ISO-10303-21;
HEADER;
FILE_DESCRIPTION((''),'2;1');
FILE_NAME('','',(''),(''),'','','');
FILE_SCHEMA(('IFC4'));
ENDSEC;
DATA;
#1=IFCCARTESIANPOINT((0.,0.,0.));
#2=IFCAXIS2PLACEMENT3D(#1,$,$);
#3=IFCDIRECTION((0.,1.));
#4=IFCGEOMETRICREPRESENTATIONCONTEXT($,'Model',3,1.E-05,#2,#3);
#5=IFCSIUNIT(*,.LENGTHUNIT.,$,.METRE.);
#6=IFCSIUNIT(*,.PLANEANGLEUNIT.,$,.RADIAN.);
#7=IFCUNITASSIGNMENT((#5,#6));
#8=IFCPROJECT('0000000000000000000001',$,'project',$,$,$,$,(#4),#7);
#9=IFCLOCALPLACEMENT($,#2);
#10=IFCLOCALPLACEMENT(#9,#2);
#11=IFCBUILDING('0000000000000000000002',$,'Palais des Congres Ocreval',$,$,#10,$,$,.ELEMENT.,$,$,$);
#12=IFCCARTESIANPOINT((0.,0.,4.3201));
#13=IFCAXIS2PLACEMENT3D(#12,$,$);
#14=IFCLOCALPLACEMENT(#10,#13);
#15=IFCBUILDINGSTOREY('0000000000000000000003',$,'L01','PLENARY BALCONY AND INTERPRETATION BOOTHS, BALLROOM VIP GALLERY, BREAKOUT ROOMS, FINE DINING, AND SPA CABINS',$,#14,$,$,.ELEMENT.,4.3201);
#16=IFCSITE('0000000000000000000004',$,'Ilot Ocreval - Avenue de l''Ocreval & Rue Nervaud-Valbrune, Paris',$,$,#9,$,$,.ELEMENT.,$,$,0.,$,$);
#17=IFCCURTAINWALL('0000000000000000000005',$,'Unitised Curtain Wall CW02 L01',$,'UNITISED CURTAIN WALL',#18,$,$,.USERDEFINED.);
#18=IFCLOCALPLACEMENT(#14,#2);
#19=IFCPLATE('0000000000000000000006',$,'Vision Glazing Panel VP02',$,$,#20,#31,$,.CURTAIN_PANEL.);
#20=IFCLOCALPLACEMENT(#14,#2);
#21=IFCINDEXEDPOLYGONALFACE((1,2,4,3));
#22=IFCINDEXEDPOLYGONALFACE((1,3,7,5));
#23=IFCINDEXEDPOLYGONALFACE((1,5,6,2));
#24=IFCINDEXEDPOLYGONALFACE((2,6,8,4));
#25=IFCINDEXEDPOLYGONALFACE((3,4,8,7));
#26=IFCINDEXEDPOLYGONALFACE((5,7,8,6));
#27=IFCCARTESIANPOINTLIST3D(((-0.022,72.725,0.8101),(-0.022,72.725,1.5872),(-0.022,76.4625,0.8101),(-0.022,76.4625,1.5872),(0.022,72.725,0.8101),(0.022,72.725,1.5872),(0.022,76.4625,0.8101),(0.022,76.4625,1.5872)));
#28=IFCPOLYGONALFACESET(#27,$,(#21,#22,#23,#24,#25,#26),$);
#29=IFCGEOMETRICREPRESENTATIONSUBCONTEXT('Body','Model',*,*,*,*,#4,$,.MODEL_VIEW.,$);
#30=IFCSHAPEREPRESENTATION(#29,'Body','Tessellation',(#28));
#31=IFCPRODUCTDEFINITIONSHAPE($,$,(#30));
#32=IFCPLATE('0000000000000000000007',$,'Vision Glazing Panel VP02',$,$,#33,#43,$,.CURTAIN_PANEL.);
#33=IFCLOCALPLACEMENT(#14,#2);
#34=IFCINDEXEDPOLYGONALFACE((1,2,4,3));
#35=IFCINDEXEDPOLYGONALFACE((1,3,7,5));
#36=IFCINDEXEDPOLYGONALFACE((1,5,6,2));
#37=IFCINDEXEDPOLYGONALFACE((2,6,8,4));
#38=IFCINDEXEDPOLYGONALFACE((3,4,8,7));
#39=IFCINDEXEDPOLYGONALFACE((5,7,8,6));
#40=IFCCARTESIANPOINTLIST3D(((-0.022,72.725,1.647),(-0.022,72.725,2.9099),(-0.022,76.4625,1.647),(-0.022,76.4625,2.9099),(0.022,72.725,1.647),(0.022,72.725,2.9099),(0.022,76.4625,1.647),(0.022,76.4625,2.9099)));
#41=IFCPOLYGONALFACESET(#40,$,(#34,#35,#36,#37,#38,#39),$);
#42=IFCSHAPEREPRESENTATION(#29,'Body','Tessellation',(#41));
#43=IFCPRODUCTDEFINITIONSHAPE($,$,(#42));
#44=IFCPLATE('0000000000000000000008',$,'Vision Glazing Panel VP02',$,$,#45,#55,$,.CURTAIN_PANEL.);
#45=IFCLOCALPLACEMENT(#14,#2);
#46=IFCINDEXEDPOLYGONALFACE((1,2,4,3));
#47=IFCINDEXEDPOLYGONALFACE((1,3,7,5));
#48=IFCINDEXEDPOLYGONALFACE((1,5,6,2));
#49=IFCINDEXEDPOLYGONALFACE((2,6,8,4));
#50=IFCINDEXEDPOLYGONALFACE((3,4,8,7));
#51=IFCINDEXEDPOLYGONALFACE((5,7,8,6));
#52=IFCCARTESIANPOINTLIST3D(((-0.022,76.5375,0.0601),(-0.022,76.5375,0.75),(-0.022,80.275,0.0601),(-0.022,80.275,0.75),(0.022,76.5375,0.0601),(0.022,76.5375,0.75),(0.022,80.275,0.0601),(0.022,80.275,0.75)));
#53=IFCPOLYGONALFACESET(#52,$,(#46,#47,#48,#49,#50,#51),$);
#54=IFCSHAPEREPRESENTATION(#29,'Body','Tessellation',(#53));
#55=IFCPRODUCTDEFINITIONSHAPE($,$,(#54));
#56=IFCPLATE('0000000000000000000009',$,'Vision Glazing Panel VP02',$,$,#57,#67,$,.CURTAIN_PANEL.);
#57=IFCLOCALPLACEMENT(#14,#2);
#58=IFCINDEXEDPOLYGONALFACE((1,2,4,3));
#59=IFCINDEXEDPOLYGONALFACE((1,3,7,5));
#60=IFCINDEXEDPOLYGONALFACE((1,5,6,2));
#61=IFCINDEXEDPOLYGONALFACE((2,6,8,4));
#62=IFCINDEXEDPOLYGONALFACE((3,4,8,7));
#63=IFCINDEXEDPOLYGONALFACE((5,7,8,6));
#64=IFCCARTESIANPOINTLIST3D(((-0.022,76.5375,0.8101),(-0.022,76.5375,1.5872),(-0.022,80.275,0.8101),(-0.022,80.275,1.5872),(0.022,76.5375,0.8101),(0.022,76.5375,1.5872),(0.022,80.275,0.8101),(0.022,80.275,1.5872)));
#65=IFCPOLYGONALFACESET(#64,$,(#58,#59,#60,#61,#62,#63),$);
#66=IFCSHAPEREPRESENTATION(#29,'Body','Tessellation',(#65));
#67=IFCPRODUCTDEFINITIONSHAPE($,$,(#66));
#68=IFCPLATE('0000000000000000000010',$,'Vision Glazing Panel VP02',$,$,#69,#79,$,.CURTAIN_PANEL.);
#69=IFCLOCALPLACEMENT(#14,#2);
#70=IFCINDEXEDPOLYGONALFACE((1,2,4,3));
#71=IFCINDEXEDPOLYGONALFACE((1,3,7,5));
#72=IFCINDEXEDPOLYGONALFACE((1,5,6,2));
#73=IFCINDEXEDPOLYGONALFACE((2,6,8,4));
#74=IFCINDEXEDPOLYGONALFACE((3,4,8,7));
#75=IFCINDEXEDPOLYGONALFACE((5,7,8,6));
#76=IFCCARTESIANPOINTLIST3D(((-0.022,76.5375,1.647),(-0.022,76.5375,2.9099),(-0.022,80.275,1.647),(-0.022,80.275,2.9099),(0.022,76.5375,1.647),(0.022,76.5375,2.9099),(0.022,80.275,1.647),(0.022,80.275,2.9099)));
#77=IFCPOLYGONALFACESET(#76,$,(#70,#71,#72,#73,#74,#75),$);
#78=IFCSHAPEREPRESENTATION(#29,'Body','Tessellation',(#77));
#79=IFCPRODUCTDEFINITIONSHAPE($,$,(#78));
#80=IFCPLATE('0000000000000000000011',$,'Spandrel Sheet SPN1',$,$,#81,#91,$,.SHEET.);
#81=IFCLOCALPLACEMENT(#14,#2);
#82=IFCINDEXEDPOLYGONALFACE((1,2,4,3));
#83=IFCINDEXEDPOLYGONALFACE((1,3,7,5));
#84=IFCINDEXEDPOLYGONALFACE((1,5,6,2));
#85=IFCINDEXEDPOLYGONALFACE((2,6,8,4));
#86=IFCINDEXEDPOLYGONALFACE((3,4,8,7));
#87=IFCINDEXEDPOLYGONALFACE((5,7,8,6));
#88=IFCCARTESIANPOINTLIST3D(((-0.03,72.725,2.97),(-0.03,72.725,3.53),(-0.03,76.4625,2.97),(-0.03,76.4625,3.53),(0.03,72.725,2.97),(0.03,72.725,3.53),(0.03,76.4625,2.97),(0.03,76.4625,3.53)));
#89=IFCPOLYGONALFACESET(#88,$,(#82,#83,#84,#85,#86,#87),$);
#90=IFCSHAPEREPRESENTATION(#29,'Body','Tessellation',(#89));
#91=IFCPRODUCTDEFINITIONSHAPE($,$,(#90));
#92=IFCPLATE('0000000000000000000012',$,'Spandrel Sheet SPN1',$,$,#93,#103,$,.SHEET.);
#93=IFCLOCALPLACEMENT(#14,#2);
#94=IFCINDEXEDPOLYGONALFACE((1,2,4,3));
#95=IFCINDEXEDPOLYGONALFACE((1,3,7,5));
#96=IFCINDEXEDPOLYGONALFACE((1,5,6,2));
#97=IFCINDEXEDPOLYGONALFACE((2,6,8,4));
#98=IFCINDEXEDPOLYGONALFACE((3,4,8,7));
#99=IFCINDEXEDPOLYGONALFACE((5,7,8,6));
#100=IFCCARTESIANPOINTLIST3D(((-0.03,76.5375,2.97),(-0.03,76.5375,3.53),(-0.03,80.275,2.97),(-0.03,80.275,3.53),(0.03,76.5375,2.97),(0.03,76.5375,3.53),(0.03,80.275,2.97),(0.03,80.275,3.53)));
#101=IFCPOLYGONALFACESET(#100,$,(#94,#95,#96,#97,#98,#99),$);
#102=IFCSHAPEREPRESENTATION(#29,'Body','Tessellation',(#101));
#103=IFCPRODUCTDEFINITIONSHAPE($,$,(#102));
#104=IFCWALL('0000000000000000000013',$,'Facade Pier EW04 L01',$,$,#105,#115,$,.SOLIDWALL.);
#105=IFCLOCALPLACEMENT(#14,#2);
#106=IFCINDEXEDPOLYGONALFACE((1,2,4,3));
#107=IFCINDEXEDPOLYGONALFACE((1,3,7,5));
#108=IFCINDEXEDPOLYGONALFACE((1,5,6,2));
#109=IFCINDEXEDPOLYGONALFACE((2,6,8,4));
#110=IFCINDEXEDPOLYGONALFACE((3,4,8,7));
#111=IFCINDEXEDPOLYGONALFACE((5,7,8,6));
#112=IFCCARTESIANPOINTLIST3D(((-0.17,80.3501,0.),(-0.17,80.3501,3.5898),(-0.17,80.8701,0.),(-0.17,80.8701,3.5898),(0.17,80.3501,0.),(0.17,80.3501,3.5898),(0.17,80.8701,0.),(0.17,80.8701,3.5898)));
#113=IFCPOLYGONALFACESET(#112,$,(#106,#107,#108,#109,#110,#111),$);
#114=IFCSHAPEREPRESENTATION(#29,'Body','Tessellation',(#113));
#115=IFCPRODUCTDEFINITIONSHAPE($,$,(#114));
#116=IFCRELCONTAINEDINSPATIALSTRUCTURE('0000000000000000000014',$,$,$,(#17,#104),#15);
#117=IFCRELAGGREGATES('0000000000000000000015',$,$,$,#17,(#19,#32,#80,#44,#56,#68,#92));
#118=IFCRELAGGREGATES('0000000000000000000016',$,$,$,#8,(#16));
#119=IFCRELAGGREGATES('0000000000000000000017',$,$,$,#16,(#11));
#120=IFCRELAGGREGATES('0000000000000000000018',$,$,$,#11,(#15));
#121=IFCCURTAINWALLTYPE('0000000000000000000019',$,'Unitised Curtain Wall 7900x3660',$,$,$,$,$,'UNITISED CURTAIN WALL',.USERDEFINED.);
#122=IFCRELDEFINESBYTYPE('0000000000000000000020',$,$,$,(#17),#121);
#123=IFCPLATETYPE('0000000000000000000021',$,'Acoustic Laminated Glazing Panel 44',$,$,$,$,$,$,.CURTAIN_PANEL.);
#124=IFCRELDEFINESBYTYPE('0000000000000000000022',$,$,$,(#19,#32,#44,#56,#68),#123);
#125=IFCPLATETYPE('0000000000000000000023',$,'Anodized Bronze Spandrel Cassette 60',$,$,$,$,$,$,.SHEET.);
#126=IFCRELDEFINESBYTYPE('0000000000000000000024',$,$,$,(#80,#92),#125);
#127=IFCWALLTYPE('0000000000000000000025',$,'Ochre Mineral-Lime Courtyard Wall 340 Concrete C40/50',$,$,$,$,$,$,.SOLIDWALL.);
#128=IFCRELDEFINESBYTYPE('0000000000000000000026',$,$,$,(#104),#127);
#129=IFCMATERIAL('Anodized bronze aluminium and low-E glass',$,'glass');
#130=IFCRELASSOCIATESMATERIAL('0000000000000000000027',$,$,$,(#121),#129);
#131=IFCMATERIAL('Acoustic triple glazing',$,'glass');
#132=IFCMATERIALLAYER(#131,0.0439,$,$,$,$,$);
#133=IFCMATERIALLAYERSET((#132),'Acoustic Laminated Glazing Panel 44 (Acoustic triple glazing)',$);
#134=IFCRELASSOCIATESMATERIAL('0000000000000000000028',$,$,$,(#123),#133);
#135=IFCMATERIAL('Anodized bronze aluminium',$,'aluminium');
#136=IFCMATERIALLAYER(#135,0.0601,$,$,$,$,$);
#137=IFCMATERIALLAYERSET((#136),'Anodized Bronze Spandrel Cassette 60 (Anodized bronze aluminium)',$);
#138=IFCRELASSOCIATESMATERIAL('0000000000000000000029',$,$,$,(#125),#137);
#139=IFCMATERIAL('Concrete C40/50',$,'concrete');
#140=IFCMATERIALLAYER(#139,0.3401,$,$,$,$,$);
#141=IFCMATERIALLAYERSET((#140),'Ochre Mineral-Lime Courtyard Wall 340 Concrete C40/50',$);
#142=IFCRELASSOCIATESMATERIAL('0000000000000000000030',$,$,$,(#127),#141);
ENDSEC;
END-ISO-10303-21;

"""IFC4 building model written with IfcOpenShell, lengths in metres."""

from ifc_helpers import new_model, si_unit, direction, frame, frame_2d, origin, origin_2d, place, context, subcontext, project, spatial, rectangle, extrude, material, layer, layer_set, type_object, element, aggregate, save


model = new_model("IFC4")

# Units and contexts
model_context = context("Model", 3, precision=1e-05, world=origin(), true_north=direction((0.0, 1.0)))
body_context = subcontext(model_context, "Body", "Model", "MODEL_VIEW")
ifc_project = project(units=[si_unit("LENGTHUNIT", "METRE"), si_unit("PLANEANGLEUNIT", "RADIAN")], contexts=[model_context])

# Site, building, storey
site_placement = place(None, origin())
site = spatial("IfcSite", under=ifc_project, at=site_placement, Name="Ilot Ocreval - Avenue de l'Ocreval & Rue Nervaud-Valbrune, Paris", CompositionType="ELEMENT", RefElevation=0.0)
building_placement = place(site_placement, origin())
building = spatial("IfcBuilding", under=site, at=building_placement, Name="Palais des Congres Ocreval", CompositionType="ELEMENT")
storey_placement = place(building_placement, frame((0.0, 0.0, 4.3201)))
storey = spatial("IfcBuildingStorey", under=building, at=storey_placement, Name="L01", Description="PLENARY BALCONY AND INTERPRETATION BOOTHS, BALLROOM VIP GALLERY, BREAKOUT ROOMS, FINE DINING, AND SPA CABINS", CompositionType="ELEMENT", Elevation=4.3201)

# Curtain wall, plates
ifc_material_1 = material(Name="Anodized bronze aluminium and low-E glass", Category="glass")
curtain_wall_type = type_object("IfcCurtainWallType", Name="Unitised Curtain Wall 7900x3660", ElementType="UNITISED CURTAIN WALL", PredefinedType="USERDEFINED", material=ifc_material_1)
curtain_wall_placement = place(storey_placement, origin())
curtain_wall = element("IfcCurtainWall", 1, at=curtain_wall_placement, inside=storey, type_object=curtain_wall_type, Name="Unitised Curtain Wall CW02 L01", ObjectType="UNITISED CURTAIN WALL", PredefinedType="USERDEFINED")
ifc_material_2 = material(Name="Anodized bronze aluminium", Category="aluminium")
ifc_material_3 = material(Name="Acoustic triple glazing", Category="glass")
ifc_layer_1 = layer(ifc_material_3, 0.0439)
ifc_layer_set_1 = layer_set([ifc_layer_1], Name="Acoustic Laminated Glazing Panel 44 (Acoustic triple glazing)")
plate_type_1 = type_object("IfcPlateType", Name="Acoustic Laminated Glazing Panel 44", PredefinedType="CURTAIN_PANEL", material=ifc_layer_set_1)
plate_1_placement = place(storey_placement, frame((0.0, 74.5938, 0.8101), z_axis=(0.0, 0.0, 1.0), x_axis=(0.0, 1.0, 0.0)))
plate_1 = element("IfcPlate", 2, at=plate_1_placement, type_object=plate_type_1, Name="Vision Glazing Panel VP02", PredefinedType="CURTAIN_PANEL", context=body_context, shape_type="SweptSolid", body=[
    extrude(rectangle(XDim=3.7375, YDim=0.0439, at=origin_2d()), origin(), (0.0, 0.0, 1.0), 0.7771),
])
plate_2_placement = place(storey_placement, frame((0.0, 74.5938, 1.647), z_axis=(0.0, 0.0, 1.0), x_axis=(0.0, 1.0, 0.0)))
plate_2 = element("IfcPlate", 3, at=plate_2_placement, type_object=plate_type_1, Name="Vision Glazing Panel VP02", PredefinedType="CURTAIN_PANEL", context=body_context, shape_type="SweptSolid", body=[
    extrude(rectangle(XDim=3.7375, YDim=0.0439, at=origin_2d()), origin(), (0.0, 0.0, 1.0), 1.2629),
])
plate_3_placement = place(storey_placement, frame((0.0, 78.4062, 0.0601), z_axis=(0.0, 0.0, 1.0), x_axis=(0.0, 1.0, 0.0)))
plate_3 = element("IfcPlate", 4, at=plate_3_placement, type_object=plate_type_1, Name="Vision Glazing Panel VP02", PredefinedType="CURTAIN_PANEL", context=body_context, shape_type="SweptSolid", body=[
    extrude(rectangle(XDim=3.7375, YDim=0.0439, at=origin_2d()), origin(), (0.0, 0.0, 1.0), 0.6899),
])
plate_4_placement = place(storey_placement, frame((0.0, 78.4062, 0.8101), z_axis=(0.0, 0.0, 1.0), x_axis=(0.0, 1.0, 0.0)))
plate_4 = element("IfcPlate", 5, at=plate_4_placement, type_object=plate_type_1, Name="Vision Glazing Panel VP02", PredefinedType="CURTAIN_PANEL", context=body_context, shape_type="SweptSolid", body=[
    extrude(rectangle(XDim=3.7375, YDim=0.0439, at=origin_2d()), origin(), (0.0, 0.0, 1.0), 0.7771),
])
plate_5_placement = place(storey_placement, frame((0.0, 78.4062, 1.647), z_axis=(0.0, 0.0, 1.0), x_axis=(0.0, 1.0, 0.0)))
plate_5 = element("IfcPlate", 6, at=plate_5_placement, type_object=plate_type_1, Name="Vision Glazing Panel VP02", PredefinedType="CURTAIN_PANEL", context=body_context, shape_type="SweptSolid", body=[
    extrude(rectangle(XDim=3.7375, YDim=0.0439, at=origin_2d()), origin(), (0.0, 0.0, 1.0), 1.2629),
])
ifc_layer_2 = layer(ifc_material_2, 0.0601)
ifc_layer_set_2 = layer_set([ifc_layer_2], Name="Anodized Bronze Spandrel Cassette 60 (Anodized bronze aluminium)")
plate_type_2 = type_object("IfcPlateType", Name="Anodized Bronze Spandrel Cassette 60", PredefinedType="SHEET", material=ifc_layer_set_2)
plate_6_placement = place(storey_placement, frame((0.0, 74.5938, 2.97), z_axis=(0.0, 0.0, 1.0), x_axis=(0.0, 1.0, 0.0)))
plate_6 = element("IfcPlate", 7, at=plate_6_placement, type_object=plate_type_2, Name="Spandrel Sheet SPN1", PredefinedType="SHEET", context=body_context, shape_type="SweptSolid", body=[
    extrude(rectangle(XDim=3.7375, YDim=0.0601, at=origin_2d()), origin(), (0.0, 0.0, 1.0), 0.5601),
])
plate_7_placement = place(storey_placement, frame((0.0, 78.4062, 2.97), z_axis=(0.0, 0.0, 1.0), x_axis=(0.0, 1.0, 0.0)))
plate_7 = element("IfcPlate", 8, at=plate_7_placement, type_object=plate_type_2, Name="Spandrel Sheet SPN1", PredefinedType="SHEET", context=body_context, shape_type="SweptSolid", body=[
    extrude(rectangle(XDim=3.7375, YDim=0.0601, at=origin_2d()), origin(), (0.0, 0.0, 1.0), 0.5601),
])
aggregate(curtain_wall, [plate_1, plate_2, plate_6, plate_3, plate_4, plate_5, plate_7])

# Wall
ifc_material_4 = material(Name="Concrete C40/50", Category="concrete")
ifc_layer_3 = layer(ifc_material_4, 0.3401)
ifc_layer_set_3 = layer_set([ifc_layer_3], Name="Ochre Mineral-Lime Courtyard Wall 340 Concrete C40/50")
wall_type = type_object("IfcWallType", Name="Ochre Mineral-Lime Courtyard Wall 340 Concrete C40/50", PredefinedType="SOLIDWALL", material=ifc_layer_set_3)
wall_placement = place(storey_placement, frame((0.0, 80.3501, 0.0), z_axis=(0.0, 0.0, 1.0), x_axis=(0.0, 1.0, 0.0)))
element("IfcWall", 9, at=wall_placement, inside=storey, type_object=wall_type, Name="Facade Pier EW04 L01", PredefinedType="SOLIDWALL", context=body_context, shape_type="SweptSolid", body=[
    extrude(rectangle(XDim=0.52, YDim=0.3401, at=frame_2d((0.26, 0.0))), origin(), (0.0, 0.0, 1.0), 3.5898),
])

save(model, "model.ifc")
